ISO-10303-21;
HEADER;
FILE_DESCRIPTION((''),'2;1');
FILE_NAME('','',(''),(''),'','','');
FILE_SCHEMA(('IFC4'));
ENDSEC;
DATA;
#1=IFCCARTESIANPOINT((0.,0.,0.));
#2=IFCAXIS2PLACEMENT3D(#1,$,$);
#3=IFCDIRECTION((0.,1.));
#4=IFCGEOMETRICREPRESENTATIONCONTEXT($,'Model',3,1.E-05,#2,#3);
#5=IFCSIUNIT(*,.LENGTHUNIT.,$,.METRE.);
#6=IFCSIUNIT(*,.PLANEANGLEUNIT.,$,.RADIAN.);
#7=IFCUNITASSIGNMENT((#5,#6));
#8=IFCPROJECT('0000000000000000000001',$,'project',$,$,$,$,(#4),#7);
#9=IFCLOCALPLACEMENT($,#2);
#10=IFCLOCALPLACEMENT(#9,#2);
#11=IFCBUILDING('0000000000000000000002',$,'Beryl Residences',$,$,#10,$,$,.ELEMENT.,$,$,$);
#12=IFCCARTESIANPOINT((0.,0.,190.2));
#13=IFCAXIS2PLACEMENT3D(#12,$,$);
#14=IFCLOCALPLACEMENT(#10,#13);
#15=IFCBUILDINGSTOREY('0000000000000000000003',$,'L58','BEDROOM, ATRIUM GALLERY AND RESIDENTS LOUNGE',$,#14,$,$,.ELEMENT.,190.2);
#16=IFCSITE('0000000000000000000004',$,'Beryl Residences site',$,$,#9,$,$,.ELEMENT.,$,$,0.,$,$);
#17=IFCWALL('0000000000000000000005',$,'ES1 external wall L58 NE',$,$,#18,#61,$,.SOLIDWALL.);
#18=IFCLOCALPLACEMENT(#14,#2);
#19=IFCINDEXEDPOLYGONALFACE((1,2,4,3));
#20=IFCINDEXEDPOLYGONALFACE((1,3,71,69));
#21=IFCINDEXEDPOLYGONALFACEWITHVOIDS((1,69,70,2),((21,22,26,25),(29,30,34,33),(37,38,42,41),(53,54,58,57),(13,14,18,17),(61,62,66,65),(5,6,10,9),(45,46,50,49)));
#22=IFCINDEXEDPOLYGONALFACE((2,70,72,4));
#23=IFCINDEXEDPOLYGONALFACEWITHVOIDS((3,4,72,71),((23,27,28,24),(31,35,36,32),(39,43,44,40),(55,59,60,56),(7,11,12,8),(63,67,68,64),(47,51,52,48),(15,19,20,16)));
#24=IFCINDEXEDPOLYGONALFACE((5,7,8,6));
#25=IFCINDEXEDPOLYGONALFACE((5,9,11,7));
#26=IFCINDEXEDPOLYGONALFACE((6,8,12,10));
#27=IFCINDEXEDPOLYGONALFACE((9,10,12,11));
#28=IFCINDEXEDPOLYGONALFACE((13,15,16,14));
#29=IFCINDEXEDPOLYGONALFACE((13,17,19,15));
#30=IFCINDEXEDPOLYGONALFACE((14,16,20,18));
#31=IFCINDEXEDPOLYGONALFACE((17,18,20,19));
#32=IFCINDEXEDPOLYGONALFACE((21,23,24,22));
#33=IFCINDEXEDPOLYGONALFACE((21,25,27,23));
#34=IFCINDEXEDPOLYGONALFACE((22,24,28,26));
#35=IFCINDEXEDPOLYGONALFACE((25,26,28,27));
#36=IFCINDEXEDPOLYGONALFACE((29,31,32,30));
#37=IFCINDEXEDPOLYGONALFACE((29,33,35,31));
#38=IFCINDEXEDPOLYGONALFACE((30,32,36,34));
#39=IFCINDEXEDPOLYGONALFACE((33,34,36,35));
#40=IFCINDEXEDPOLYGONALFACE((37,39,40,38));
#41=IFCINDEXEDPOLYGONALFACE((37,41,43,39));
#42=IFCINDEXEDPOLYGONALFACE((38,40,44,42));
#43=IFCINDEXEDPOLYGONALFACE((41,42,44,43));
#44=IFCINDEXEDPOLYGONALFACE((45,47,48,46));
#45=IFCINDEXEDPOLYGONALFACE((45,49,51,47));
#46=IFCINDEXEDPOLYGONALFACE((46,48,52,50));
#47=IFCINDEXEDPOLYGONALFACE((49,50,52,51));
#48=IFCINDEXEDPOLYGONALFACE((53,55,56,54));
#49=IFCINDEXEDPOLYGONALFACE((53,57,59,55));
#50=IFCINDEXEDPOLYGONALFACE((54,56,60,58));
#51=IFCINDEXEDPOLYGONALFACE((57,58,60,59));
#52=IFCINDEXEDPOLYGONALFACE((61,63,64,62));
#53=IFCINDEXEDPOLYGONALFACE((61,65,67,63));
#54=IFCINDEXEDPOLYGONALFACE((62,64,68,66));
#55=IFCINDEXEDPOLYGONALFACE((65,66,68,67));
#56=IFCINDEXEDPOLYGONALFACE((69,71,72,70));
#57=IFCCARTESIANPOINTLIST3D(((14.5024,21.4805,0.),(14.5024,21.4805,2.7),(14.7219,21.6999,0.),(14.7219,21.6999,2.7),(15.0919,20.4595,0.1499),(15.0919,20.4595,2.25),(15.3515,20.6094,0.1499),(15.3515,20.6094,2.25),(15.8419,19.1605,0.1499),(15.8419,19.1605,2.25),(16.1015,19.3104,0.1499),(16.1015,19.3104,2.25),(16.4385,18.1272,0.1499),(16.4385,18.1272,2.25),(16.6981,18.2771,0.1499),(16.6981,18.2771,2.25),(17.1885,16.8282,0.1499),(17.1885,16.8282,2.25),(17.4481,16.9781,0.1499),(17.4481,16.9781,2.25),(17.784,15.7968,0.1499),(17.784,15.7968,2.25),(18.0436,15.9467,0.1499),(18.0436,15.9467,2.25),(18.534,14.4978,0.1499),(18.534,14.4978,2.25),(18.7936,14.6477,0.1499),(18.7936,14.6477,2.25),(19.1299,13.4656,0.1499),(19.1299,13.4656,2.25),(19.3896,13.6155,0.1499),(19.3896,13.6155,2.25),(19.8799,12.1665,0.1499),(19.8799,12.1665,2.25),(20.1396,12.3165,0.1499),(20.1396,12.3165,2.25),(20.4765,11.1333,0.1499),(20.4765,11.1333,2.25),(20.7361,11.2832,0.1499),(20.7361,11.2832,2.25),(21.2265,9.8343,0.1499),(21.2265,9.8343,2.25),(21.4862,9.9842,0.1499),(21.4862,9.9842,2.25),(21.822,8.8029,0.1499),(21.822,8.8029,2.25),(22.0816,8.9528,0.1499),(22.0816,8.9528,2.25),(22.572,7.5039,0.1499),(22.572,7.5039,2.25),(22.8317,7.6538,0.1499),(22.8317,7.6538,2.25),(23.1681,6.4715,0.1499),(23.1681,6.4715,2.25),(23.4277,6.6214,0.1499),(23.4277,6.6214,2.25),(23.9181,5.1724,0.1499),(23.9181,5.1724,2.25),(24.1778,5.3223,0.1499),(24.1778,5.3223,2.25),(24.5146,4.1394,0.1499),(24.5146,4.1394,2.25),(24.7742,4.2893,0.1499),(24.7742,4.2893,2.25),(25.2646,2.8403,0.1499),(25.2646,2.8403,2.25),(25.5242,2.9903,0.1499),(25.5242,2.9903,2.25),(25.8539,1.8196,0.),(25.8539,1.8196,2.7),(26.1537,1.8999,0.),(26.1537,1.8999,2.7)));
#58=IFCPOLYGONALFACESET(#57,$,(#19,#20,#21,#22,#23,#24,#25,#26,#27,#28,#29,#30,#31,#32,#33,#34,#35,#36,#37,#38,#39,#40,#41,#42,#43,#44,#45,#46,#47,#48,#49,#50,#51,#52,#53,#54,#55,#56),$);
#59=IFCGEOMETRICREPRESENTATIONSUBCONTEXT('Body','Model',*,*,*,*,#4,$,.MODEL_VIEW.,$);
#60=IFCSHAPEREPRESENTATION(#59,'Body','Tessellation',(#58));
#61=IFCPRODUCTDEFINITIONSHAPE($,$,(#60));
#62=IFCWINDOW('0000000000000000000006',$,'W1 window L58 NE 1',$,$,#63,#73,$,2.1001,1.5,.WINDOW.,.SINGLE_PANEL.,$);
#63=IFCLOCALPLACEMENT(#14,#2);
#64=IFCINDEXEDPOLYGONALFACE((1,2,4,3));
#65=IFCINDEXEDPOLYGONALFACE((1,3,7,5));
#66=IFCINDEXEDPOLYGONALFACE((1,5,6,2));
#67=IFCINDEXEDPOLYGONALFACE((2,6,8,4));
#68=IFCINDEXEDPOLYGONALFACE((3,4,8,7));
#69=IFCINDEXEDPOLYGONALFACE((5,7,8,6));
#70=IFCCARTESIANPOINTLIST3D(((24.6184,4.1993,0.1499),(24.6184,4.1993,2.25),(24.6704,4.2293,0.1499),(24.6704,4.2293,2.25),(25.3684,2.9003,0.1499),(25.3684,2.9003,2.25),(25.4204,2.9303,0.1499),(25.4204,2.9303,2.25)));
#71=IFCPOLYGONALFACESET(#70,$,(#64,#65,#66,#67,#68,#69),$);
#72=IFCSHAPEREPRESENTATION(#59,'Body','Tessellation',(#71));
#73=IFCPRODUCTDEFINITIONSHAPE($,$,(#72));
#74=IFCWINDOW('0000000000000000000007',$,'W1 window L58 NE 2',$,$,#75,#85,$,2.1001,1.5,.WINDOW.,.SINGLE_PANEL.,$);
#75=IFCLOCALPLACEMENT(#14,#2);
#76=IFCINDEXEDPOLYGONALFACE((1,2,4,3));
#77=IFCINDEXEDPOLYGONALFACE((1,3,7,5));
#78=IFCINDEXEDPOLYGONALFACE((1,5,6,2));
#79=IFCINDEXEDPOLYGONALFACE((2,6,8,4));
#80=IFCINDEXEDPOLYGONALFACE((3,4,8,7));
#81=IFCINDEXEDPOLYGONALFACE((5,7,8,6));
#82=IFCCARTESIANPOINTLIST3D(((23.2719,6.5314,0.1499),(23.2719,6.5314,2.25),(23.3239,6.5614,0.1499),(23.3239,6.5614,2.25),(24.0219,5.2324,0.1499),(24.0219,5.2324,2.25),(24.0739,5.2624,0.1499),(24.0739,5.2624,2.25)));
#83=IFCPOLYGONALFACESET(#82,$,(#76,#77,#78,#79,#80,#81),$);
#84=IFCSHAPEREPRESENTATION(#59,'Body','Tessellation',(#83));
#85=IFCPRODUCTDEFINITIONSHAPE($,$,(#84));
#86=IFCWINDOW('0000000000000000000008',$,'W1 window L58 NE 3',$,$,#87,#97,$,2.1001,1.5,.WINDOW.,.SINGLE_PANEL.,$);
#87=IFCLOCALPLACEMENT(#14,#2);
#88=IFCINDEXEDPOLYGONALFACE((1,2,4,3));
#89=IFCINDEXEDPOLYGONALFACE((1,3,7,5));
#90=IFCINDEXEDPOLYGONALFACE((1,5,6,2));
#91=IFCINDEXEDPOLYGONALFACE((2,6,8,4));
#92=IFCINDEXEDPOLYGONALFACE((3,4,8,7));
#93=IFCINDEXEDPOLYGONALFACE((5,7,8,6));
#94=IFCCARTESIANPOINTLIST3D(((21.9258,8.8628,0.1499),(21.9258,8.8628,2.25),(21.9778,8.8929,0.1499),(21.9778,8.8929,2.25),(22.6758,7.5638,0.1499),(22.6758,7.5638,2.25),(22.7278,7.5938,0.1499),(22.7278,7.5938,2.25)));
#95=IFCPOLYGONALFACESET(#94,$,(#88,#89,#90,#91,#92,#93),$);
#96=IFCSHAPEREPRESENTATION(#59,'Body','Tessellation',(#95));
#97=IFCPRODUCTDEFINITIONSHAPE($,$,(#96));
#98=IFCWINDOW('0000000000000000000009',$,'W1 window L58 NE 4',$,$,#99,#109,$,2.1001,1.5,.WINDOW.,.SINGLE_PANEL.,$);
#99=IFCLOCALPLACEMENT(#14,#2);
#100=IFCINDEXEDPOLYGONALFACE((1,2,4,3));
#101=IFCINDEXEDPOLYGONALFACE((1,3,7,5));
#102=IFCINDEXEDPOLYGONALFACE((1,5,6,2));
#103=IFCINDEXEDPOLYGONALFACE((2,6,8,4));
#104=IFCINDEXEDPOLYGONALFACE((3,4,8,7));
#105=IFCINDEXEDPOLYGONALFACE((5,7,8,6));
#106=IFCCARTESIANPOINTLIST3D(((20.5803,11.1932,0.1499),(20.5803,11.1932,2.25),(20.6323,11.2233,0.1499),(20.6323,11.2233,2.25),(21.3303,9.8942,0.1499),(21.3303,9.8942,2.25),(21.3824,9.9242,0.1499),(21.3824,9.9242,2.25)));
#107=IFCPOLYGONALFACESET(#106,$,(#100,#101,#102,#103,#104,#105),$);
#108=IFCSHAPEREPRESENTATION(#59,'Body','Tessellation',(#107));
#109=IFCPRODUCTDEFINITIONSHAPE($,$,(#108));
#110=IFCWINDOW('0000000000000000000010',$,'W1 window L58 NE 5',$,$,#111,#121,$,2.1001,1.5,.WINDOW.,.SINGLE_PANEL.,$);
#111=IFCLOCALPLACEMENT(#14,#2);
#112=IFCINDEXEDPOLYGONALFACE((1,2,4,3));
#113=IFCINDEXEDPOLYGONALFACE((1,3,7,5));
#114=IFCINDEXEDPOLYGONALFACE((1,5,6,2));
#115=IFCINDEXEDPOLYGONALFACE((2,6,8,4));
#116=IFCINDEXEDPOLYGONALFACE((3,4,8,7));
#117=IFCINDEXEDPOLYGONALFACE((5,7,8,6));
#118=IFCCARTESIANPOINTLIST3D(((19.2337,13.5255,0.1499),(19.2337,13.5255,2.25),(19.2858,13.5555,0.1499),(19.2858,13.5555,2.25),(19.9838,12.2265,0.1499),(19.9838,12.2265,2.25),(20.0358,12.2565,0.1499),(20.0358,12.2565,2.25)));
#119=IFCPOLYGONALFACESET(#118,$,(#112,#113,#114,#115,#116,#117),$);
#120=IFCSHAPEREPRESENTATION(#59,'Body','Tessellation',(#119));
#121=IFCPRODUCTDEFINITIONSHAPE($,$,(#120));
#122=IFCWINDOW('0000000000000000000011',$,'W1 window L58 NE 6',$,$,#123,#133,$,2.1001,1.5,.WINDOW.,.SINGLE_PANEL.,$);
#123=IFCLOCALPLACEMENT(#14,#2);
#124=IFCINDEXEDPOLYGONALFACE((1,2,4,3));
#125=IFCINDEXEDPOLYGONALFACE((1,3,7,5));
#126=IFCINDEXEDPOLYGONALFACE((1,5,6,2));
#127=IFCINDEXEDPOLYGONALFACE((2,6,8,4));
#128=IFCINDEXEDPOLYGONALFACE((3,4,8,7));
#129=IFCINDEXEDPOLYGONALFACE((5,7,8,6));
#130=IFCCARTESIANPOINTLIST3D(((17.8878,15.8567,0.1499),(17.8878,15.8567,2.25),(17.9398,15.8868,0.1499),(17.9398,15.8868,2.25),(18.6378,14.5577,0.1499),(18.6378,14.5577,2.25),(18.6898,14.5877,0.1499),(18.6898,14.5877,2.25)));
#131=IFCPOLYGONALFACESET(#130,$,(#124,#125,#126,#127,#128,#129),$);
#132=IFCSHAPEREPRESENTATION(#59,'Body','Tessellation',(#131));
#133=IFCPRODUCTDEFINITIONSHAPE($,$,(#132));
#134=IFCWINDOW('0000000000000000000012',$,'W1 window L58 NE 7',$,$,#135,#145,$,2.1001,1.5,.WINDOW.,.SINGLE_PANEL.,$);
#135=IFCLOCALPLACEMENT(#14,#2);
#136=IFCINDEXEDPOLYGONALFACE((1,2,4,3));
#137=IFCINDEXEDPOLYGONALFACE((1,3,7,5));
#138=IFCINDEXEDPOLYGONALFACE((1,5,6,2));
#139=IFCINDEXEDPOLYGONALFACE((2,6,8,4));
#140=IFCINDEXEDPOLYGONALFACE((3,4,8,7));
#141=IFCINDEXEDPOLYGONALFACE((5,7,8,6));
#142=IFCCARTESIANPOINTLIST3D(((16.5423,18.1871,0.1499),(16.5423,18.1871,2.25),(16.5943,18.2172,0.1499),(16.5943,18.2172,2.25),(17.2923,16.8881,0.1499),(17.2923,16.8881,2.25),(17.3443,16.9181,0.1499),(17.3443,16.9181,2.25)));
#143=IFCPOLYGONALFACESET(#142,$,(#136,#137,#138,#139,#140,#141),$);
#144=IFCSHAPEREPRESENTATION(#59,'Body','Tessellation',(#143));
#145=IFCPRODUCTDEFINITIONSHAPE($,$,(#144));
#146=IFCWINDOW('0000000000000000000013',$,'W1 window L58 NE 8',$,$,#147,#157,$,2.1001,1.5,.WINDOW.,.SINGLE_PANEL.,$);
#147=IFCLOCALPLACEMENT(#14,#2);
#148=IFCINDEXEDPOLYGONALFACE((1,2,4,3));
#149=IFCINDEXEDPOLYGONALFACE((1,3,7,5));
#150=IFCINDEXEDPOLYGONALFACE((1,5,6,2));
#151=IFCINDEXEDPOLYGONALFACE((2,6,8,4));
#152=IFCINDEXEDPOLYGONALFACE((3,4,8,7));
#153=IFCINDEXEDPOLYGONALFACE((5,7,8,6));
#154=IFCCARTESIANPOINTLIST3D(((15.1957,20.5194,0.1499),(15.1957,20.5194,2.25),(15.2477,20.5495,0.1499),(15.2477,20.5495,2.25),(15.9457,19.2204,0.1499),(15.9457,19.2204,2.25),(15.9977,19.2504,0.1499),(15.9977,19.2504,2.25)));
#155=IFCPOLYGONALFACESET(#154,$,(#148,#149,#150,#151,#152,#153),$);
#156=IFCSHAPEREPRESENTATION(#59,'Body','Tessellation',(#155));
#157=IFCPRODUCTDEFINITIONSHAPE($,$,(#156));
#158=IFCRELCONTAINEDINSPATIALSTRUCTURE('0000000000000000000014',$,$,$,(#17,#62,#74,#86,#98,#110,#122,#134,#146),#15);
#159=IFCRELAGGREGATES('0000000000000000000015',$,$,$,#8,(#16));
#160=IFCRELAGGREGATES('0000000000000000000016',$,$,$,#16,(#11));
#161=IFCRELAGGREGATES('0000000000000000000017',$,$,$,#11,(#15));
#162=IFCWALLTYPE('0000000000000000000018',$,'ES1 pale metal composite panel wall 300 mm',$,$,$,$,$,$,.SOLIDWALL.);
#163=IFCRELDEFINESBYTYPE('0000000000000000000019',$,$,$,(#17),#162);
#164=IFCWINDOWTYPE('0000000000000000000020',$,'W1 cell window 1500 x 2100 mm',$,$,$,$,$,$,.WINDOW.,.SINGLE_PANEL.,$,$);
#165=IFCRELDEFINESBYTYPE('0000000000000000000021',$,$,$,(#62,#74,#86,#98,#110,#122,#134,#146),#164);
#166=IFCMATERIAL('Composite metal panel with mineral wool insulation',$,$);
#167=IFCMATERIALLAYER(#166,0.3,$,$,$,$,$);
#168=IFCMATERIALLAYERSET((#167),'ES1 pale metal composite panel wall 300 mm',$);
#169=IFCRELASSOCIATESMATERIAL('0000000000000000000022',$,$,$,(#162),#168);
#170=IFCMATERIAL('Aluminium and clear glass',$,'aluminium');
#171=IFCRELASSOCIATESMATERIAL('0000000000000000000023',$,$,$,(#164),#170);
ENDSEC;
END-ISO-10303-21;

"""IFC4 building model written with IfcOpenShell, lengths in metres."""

from ifc_helpers import new_model, si_unit, direction, frame, frame_2d, origin, place, context, subcontext, project, spatial, polyline, rectangle, outline, extrude, material, layer, layer_set, type_object, element, fill, save


model = new_model("IFC4")

# Units and contexts
model_context = context("Model", 3, precision=1e-05, world=origin(), true_north=direction((0.0, 1.0)))
body_context = subcontext(model_context, "Body", "Model", "MODEL_VIEW")
ifc_project = project(units=[si_unit("LENGTHUNIT", "METRE"), si_unit("PLANEANGLEUNIT", "RADIAN")], contexts=[model_context])

# Site, building, storey
site_placement = place(None, origin())
site = spatial("IfcSite", under=ifc_project, at=site_placement, Name="Beryl Residences site", CompositionType="ELEMENT", RefElevation=0.0)
building_placement = place(site_placement, origin())
building = spatial("IfcBuilding", under=site, at=building_placement, Name="Beryl Residences", CompositionType="ELEMENT")
storey_placement = place(building_placement, frame((0.0, 0.0, 190.2)))
storey = spatial("IfcBuildingStorey", under=building, at=storey_placement, Name="L58", Description="BEDROOM, ATRIUM GALLERY AND RESIDENTS LOUNGE", CompositionType="ELEMENT", Elevation=190.2)

# Wall, openings, windows
ifc_material_1 = material(Name="Composite metal panel with mineral wool insulation")
ifc_layer_1 = layer(ifc_material_1, 0.3)
ifc_layer_set_1 = layer_set([ifc_layer_1], Name="ES1 pale metal composite panel wall 300 mm")
wall_type_1 = type_object("IfcWallType", Name="ES1 pale metal composite panel wall 300 mm", PredefinedType="SOLIDWALL", material=ifc_layer_set_1)
wall_1_placement = place(storey_placement, frame((26.0239, 1.825, 0.0), z_axis=(0.0, 0.0, 1.0), x_axis=(-0.500011, 0.866019, 0.0)))
wall_1 = element("IfcWall", 1, at=wall_1_placement, inside=storey, type_object=wall_type_1, Name="ES1 external wall L58 NE", PredefinedType="SOLIDWALL", context=body_context, shape_type="SweptSolid", body=[
    extrude(outline(polyline([(0.0, -0.1499), (22.8633, -0.1499), (22.783, 0.1499), (0.0803, 0.1499), (0.0, -0.1499)])), origin(), (0.0, 0.0, 1.0), 2.7),
])
opening_1_placement = place(wall_1_placement, frame((1.259, 0.0, 0.1499)))
opening_1 = element("IfcOpeningElement", 2, at=opening_1_placement, cuts=wall_1, PredefinedType="OPENING", context=body_context, shape_type="SweptSolid", body=[
    extrude(rectangle(XDim=1.5, YDim=2.1001, at=frame_2d((0.75, 1.05))), frame((0.0, 0.1599, 0.0), z_axis=(0.0, -1.0, 0.0), x_axis=(1.0, 0.0, 0.0)), (0.0, 0.0, 1.0), 0.3201),
])
opening_2_placement = place(wall_1_placement, frame((3.9519, 0.0, 0.1499)))
opening_2 = element("IfcOpeningElement", 3, at=opening_2_placement, cuts=wall_1, PredefinedType="OPENING", context=body_context, shape_type="SweptSolid", body=[
    extrude(rectangle(XDim=1.5, YDim=2.1001, at=frame_2d((0.75, 1.05))), frame((0.0, 0.1599, 0.0), z_axis=(0.0, -1.0, 0.0), x_axis=(1.0, 0.0, 0.0)), (0.0, 0.0, 1.0), 0.3201),
])
opening_3_placement = place(wall_1_placement, frame((6.644, 0.0, 0.1499)))
opening_3 = element("IfcOpeningElement", 4, at=opening_3_placement, cuts=wall_1, PredefinedType="OPENING", context=body_context, shape_type="SweptSolid", body=[
    extrude(rectangle(XDim=1.5, YDim=2.1001, at=frame_2d((0.75, 1.05))), frame((0.0, 0.1599, 0.0), z_axis=(0.0, -1.0, 0.0), x_axis=(1.0, 0.0, 0.0)), (0.0, 0.0, 1.0), 0.3201),
])
opening_4_placement = place(wall_1_placement, frame((9.335, 0.0, 0.1499)))
opening_4 = element("IfcOpeningElement", 5, at=opening_4_placement, cuts=wall_1, PredefinedType="OPENING", context=body_context, shape_type="SweptSolid", body=[
    extrude(rectangle(XDim=1.5, YDim=2.1001, at=frame_2d((0.75, 1.05))), frame((0.0, 0.1599, 0.0), z_axis=(0.0, -1.0, 0.0), x_axis=(1.0, 0.0, 0.0)), (0.0, 0.0, 1.0), 0.3201),
])
opening_5_placement = place(wall_1_placement, frame((12.0281, 0.0, 0.1499)))
opening_5 = element("IfcOpeningElement", 6, at=opening_5_placement, cuts=wall_1, PredefinedType="OPENING", context=body_context, shape_type="SweptSolid", body=[
    extrude(rectangle(XDim=1.5, YDim=2.1001, at=frame_2d((0.75, 1.05))), frame((0.0, 0.1599, 0.0), z_axis=(0.0, -1.0, 0.0), x_axis=(1.0, 0.0, 0.0)), (0.0, 0.0, 1.0), 0.3201),
])
opening_6_placement = place(wall_1_placement, frame((14.72, 0.0, 0.1499)))
opening_6 = element("IfcOpeningElement", 7, at=opening_6_placement, cuts=wall_1, PredefinedType="OPENING", context=body_context, shape_type="SweptSolid", body=[
    extrude(rectangle(XDim=1.5, YDim=2.1001, at=frame_2d((0.75, 1.05))), frame((0.0, 0.1599, 0.0), z_axis=(0.0, -1.0, 0.0), x_axis=(1.0, 0.0, 0.0)), (0.0, 0.0, 1.0), 0.3201),
])
opening_7_placement = place(wall_1_placement, frame((17.4109, 0.0, 0.1499)))
opening_7 = element("IfcOpeningElement", 8, at=opening_7_placement, cuts=wall_1, PredefinedType="OPENING", context=body_context, shape_type="SweptSolid", body=[
    extrude(rectangle(XDim=1.5, YDim=2.1001, at=frame_2d((0.75, 1.05))), frame((0.0, 0.1599, 0.0), z_axis=(0.0, -1.0, 0.0), x_axis=(1.0, 0.0, 0.0)), (0.0, 0.0, 1.0), 0.3201),
])
opening_8_placement = place(wall_1_placement, frame((20.104, 0.0, 0.1499)))
opening_8 = element("IfcOpeningElement", 9, at=opening_8_placement, cuts=wall_1, PredefinedType="OPENING", context=body_context, shape_type="SweptSolid", body=[
    extrude(rectangle(XDim=1.5, YDim=2.1001, at=frame_2d((0.75, 1.05))), frame((0.0, 0.1599, 0.0), z_axis=(0.0, -1.0, 0.0), x_axis=(1.0, 0.0, 0.0)), (0.0, 0.0, 1.0), 0.3201),
])
ifc_material_2 = material(Name="Aluminium and clear glass", Category="aluminium")
window_type = type_object("IfcWindowType", Name="W1 cell window 1500 x 2100 mm", PartitioningType="SINGLE_PANEL", PredefinedType="WINDOW", material=ifc_material_2)
window_1_placement = place(opening_1_placement, origin())
window_1 = element("IfcWindow", 10, at=window_1_placement, inside=storey, type_object=window_type, Name="W1 window L58 NE 1", OverallHeight=2.1001, OverallWidth=1.5, PartitioningType="SINGLE_PANEL", PredefinedType="WINDOW", context=body_context, shape_type="SweptSolid", body=[
    extrude(rectangle(XDim=1.5, YDim=2.1001, at=frame_2d((0.75, 1.05))), frame((0.0, 0.03, 0.0), z_axis=(0.0, -1.0, 0.0), x_axis=(1.0, 0.0, 0.0)), (0.0, 0.0, 1.0), 0.0601),
])
fill(opening_1, window_1)
window_2_placement = place(opening_2_placement, origin())
window_2 = element("IfcWindow", 11, at=window_2_placement, inside=storey, type_object=window_type, Name="W1 window L58 NE 2", OverallHeight=2.1001, OverallWidth=1.5, PartitioningType="SINGLE_PANEL", PredefinedType="WINDOW", context=body_context, shape_type="SweptSolid", body=[
    extrude(rectangle(XDim=1.5, YDim=2.1001, at=frame_2d((0.75, 1.05))), frame((0.0, 0.03, 0.0), z_axis=(0.0, -1.0, 0.0), x_axis=(1.0, 0.0, 0.0)), (0.0, 0.0, 1.0), 0.0601),
])
fill(opening_2, window_2)
window_3_placement = place(opening_3_placement, origin())
window_3 = element("IfcWindow", 12, at=window_3_placement, inside=storey, type_object=window_type, Name="W1 window L58 NE 3", OverallHeight=2.1001, OverallWidth=1.5, PartitioningType="SINGLE_PANEL", PredefinedType="WINDOW", context=body_context, shape_type="SweptSolid", body=[
    extrude(rectangle(XDim=1.5, YDim=2.1001, at=frame_2d((0.75, 1.05))), frame((0.0, 0.03, 0.0), z_axis=(0.0, -1.0, 0.0), x_axis=(1.0, 0.0, 0.0)), (0.0, 0.0, 1.0), 0.0601),
])
fill(opening_3, window_3)
window_4_placement = place(opening_4_placement, origin())
window_4 = element("IfcWindow", 13, at=window_4_placement, inside=storey, type_object=window_type, Name="W1 window L58 NE 4", OverallHeight=2.1001, OverallWidth=1.5, PartitioningType="SINGLE_PANEL", PredefinedType="WINDOW", context=body_context, shape_type="SweptSolid", body=[
    extrude(rectangle(XDim=1.5, YDim=2.1001, at=frame_2d((0.75, 1.05))), frame((0.0, 0.03, 0.0), z_axis=(0.0, -1.0, 0.0), x_axis=(1.0, 0.0, 0.0)), (0.0, 0.0, 1.0), 0.0601),
])
fill(opening_4, window_4)
window_5_placement = place(opening_5_placement, origin())
window_5 = element("IfcWindow", 14, at=window_5_placement, inside=storey, type_object=window_type, Name="W1 window L58 NE 5", OverallHeight=2.1001, OverallWidth=1.5, PartitioningType="SINGLE_PANEL", PredefinedType="WINDOW", context=body_context, shape_type="SweptSolid", body=[
    extrude(rectangle(XDim=1.5, YDim=2.1001, at=frame_2d((0.75, 1.05))), frame((0.0, 0.03, 0.0), z_axis=(0.0, -1.0, 0.0), x_axis=(1.0, 0.0, 0.0)), (0.0, 0.0, 1.0), 0.0601),
])
fill(opening_5, window_5)
window_6_placement = place(opening_6_placement, origin())
window_6 = element("IfcWindow", 15, at=window_6_placement, inside=storey, type_object=window_type, Name="W1 window L58 NE 6", OverallHeight=2.1001, OverallWidth=1.5, PartitioningType="SINGLE_PANEL", PredefinedType="WINDOW", context=body_context, shape_type="SweptSolid", body=[
    extrude(rectangle(XDim=1.5, YDim=2.1001, at=frame_2d((0.75, 1.05))), frame((0.0, 0.03, 0.0), z_axis=(0.0, -1.0, 0.0), x_axis=(1.0, 0.0, 0.0)), (0.0, 0.0, 1.0), 0.0601),
])
fill(opening_6, window_6)
window_7_placement = place(opening_7_placement, origin())
window_7 = element("IfcWindow", 16, at=window_7_placement, inside=storey, type_object=window_type, Name="W1 window L58 NE 7", OverallHeight=2.1001, OverallWidth=1.5, PartitioningType="SINGLE_PANEL", PredefinedType="WINDOW", context=body_context, shape_type="SweptSolid", body=[
    extrude(rectangle(XDim=1.5, YDim=2.1001, at=frame_2d((0.75, 1.05))), frame((0.0, 0.03, 0.0), z_axis=(0.0, -1.0, 0.0), x_axis=(1.0, 0.0, 0.0)), (0.0, 0.0, 1.0), 0.0601),
])
fill(opening_7, window_7)
window_8_placement = place(opening_8_placement, origin())
window_8 = element("IfcWindow", 17, at=window_8_placement, inside=storey, type_object=window_type, Name="W1 window L58 NE 8", OverallHeight=2.1001, OverallWidth=1.5, PartitioningType="SINGLE_PANEL", PredefinedType="WINDOW", context=body_context, shape_type="SweptSolid", body=[
    extrude(rectangle(XDim=1.5, YDim=2.1001, at=frame_2d((0.75, 1.05))), frame((0.0, 0.03, 0.0), z_axis=(0.0, -1.0, 0.0), x_axis=(1.0, 0.0, 0.0)), (0.0, 0.0, 1.0), 0.0601),
])
fill(opening_8, window_8)

save(model, "model.ifc")
